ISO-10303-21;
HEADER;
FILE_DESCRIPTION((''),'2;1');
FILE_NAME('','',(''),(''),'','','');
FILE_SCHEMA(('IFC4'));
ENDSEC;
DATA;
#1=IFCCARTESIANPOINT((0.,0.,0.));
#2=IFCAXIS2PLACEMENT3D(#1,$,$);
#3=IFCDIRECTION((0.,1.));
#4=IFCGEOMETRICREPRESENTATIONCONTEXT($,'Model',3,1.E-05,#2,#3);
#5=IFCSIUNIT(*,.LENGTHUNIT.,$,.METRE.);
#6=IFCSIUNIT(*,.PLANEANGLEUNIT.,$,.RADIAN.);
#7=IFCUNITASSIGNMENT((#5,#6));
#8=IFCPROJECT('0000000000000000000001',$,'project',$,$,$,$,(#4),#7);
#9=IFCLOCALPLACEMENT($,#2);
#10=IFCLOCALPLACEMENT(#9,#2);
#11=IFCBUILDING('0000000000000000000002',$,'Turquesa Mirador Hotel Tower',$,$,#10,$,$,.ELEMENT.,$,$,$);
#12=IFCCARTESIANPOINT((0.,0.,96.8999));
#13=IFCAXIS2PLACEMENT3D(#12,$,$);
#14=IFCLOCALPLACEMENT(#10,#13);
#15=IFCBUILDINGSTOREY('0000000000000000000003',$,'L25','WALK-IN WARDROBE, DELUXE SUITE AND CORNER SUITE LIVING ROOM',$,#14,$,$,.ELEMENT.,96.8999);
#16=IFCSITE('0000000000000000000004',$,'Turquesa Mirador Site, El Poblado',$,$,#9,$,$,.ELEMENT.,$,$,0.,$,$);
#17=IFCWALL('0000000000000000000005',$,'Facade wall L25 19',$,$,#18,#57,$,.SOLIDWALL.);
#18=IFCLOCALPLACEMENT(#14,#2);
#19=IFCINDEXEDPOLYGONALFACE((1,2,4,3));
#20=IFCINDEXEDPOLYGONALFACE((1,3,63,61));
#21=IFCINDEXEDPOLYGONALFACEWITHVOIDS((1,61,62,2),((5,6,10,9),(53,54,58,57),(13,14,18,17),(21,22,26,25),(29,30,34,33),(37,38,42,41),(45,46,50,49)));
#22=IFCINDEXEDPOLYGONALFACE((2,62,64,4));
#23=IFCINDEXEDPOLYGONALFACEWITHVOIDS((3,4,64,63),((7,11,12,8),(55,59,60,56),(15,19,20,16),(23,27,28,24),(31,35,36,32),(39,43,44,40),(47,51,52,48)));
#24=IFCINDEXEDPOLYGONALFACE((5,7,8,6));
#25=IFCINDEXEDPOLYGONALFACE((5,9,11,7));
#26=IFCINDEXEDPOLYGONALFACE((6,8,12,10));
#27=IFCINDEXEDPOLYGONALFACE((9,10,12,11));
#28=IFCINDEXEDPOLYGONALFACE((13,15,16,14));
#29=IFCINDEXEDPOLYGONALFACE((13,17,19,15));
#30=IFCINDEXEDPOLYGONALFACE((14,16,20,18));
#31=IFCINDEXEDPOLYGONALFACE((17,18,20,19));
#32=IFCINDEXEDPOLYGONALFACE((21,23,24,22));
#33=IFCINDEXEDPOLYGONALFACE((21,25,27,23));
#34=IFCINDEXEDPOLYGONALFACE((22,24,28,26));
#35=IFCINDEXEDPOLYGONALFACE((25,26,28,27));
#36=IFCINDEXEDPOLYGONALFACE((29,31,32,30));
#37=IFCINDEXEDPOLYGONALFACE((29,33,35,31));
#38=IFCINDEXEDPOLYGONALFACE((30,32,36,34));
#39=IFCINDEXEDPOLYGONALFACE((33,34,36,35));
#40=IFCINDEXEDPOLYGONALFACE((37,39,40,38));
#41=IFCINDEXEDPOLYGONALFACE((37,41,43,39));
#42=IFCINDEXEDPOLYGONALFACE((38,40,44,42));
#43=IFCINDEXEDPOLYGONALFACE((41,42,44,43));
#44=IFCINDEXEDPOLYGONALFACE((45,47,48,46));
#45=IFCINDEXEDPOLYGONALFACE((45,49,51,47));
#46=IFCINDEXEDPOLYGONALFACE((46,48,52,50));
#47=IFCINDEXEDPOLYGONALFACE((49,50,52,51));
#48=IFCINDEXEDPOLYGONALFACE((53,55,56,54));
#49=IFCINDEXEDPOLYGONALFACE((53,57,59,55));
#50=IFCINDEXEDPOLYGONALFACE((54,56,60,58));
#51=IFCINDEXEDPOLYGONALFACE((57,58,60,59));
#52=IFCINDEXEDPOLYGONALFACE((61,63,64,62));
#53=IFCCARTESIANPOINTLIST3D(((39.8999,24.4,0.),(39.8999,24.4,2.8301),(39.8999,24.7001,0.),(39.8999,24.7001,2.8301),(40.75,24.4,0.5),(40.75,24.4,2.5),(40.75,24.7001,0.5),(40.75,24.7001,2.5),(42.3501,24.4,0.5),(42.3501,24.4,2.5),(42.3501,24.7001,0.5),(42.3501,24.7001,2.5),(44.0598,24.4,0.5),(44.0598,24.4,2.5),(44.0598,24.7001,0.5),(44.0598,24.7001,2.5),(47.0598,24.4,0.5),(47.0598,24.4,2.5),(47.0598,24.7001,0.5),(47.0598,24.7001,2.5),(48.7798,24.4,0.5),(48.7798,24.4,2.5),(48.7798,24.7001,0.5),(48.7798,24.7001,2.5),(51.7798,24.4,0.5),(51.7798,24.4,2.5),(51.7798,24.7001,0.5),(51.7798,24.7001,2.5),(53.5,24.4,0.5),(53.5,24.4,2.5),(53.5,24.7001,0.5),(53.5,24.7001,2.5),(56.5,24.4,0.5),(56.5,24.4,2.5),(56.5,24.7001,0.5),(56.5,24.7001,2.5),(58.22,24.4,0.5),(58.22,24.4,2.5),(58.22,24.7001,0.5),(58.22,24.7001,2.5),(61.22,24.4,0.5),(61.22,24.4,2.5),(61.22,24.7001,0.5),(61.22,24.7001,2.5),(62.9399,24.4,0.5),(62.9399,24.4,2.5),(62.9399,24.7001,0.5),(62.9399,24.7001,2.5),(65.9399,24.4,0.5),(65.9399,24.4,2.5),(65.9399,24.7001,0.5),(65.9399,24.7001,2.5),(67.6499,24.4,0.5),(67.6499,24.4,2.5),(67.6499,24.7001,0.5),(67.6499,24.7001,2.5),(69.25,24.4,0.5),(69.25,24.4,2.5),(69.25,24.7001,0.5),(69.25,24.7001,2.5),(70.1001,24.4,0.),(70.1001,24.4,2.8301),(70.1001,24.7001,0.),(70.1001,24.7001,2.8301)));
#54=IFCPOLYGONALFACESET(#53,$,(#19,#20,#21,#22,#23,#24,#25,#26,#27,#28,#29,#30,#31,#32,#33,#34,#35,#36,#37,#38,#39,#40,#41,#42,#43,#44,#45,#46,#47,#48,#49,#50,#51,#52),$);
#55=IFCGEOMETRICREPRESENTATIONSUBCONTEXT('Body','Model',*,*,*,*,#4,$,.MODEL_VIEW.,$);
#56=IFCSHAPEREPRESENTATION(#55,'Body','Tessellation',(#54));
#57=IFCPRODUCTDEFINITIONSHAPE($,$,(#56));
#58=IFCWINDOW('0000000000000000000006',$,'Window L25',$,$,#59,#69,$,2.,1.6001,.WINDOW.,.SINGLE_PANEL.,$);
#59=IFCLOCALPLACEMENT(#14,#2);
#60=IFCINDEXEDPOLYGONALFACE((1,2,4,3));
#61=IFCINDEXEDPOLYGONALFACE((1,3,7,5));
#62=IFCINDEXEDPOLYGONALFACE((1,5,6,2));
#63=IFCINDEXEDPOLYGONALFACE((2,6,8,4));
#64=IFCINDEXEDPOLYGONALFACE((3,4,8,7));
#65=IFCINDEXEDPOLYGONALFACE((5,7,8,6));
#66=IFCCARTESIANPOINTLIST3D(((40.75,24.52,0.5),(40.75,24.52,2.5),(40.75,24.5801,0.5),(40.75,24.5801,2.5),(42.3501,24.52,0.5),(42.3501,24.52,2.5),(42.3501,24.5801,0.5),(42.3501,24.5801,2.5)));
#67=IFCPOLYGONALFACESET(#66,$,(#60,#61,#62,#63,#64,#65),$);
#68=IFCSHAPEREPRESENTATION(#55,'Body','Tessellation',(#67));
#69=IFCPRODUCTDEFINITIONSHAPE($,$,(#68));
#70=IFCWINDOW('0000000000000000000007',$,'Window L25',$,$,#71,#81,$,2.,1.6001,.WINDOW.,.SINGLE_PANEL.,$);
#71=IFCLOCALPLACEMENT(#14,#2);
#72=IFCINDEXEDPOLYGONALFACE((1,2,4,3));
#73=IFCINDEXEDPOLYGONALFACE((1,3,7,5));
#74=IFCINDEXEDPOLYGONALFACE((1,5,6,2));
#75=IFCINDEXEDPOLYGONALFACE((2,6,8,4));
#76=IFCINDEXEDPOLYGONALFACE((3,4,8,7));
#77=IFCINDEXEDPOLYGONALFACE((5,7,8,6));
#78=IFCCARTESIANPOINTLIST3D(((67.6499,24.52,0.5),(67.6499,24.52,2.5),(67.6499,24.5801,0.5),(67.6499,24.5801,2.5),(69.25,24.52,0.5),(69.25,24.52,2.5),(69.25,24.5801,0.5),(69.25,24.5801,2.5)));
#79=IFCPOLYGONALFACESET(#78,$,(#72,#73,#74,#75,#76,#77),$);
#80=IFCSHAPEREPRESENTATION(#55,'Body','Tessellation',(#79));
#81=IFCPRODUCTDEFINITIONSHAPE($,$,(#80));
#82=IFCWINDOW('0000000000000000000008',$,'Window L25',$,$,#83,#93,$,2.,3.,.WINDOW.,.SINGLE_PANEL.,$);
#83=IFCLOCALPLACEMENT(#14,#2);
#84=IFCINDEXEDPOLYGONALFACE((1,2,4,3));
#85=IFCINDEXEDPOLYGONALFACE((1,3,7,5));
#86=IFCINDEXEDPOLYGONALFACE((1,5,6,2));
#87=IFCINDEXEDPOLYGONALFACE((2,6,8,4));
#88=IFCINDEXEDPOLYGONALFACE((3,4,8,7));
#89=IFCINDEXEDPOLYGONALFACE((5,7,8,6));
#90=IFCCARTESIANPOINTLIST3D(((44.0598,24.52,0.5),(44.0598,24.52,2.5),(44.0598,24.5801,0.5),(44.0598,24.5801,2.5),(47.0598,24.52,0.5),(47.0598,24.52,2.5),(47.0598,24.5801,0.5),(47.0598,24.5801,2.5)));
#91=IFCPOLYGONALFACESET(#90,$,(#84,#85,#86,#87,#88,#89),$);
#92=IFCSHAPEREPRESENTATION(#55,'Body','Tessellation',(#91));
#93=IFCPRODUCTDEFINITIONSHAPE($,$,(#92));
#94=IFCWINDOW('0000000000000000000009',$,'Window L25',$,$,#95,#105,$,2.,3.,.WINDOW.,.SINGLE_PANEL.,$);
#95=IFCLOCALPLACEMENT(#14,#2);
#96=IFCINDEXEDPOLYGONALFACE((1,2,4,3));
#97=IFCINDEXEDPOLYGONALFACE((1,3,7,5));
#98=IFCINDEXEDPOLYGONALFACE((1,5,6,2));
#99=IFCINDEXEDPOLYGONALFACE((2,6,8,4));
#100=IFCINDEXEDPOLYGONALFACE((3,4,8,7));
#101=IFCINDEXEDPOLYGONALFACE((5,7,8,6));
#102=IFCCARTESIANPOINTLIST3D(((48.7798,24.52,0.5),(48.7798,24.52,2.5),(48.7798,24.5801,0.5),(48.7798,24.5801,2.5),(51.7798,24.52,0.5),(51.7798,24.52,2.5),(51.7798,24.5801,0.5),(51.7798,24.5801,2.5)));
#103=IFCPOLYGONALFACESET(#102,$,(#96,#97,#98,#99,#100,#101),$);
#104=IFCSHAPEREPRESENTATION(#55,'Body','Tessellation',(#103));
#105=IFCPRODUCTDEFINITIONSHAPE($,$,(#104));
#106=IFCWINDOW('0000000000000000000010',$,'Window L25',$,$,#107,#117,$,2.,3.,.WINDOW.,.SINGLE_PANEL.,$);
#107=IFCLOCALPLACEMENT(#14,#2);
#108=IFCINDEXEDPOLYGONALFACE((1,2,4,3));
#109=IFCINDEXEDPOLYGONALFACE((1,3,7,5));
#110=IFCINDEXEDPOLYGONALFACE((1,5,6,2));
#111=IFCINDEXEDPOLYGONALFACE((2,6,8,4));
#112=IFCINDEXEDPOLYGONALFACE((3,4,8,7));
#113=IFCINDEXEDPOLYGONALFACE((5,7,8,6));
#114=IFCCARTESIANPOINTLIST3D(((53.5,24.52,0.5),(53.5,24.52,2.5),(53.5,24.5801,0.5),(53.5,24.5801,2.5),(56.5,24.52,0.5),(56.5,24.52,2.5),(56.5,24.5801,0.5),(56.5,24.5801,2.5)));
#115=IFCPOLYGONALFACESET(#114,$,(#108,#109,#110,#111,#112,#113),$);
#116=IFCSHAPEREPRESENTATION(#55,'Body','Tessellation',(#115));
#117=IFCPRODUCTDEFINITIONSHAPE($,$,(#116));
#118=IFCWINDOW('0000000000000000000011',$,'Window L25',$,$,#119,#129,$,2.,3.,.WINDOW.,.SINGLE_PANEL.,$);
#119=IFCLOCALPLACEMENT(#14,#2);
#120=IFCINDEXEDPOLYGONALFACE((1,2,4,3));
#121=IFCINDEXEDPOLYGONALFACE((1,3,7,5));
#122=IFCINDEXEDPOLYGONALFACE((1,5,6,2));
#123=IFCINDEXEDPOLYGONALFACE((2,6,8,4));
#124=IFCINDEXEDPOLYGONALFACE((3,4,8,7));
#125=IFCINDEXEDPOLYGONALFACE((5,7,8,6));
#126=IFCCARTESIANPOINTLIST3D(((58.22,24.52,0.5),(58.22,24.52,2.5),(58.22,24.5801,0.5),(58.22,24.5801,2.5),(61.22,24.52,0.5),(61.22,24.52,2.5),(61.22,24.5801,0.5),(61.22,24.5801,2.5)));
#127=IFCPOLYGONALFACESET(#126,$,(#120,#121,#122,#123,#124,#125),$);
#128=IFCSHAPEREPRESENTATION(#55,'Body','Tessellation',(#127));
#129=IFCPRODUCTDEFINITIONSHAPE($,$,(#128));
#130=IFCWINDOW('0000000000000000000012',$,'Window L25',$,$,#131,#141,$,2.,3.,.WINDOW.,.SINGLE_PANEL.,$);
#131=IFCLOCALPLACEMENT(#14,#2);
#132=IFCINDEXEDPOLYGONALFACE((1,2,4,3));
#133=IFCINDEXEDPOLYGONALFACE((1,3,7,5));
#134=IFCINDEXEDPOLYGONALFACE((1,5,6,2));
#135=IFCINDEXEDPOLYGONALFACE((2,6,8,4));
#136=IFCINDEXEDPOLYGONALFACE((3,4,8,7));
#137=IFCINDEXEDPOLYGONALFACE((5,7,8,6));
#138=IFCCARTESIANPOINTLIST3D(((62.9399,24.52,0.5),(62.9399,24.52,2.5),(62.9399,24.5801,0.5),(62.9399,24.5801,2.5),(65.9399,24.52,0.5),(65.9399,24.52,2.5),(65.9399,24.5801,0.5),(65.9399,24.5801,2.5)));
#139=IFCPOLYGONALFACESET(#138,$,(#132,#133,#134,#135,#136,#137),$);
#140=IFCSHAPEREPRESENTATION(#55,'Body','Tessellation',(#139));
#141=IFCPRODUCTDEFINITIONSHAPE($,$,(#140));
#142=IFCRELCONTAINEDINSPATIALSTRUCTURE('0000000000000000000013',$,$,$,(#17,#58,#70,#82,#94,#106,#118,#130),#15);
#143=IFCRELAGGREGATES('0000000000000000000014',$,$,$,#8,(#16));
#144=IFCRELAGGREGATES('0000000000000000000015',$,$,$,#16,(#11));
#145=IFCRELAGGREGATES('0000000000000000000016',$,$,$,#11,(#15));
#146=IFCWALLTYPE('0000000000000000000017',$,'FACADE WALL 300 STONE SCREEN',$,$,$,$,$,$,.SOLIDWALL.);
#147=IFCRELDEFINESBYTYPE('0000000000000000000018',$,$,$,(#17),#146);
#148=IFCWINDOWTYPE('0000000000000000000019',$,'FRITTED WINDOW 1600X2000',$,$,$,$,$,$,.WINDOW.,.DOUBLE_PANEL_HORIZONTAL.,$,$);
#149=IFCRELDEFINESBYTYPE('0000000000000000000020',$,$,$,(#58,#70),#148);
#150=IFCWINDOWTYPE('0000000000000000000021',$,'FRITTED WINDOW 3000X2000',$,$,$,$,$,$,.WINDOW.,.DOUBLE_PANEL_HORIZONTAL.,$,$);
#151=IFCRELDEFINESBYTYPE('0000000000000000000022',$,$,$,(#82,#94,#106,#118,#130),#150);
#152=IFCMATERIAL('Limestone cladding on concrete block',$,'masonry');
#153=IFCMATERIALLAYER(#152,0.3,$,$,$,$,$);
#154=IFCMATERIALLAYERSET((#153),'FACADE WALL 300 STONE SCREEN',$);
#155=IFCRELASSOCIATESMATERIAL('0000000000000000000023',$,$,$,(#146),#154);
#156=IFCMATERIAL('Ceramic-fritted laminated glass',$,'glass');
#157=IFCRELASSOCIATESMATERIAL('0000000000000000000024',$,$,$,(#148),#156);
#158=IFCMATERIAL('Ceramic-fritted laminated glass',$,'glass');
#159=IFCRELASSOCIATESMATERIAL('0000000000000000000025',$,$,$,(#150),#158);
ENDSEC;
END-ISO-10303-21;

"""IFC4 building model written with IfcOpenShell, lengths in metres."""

from ifc_helpers import new_model, si_unit, direction, frame, frame_2d, origin, place, context, subcontext, project, spatial, rectangle, extrude, material, layer, layer_set, type_object, element, fill, save


model = new_model("IFC4")

# Units and contexts
model_context = context("Model", 3, precision=1e-05, world=origin(), true_north=direction((0.0, 1.0)))
body_context = subcontext(model_context, "Body", "Model", "MODEL_VIEW")
ifc_project = project(units=[si_unit("LENGTHUNIT", "METRE"), si_unit("PLANEANGLEUNIT", "RADIAN")], contexts=[model_context])

# Site, building, storey
site_placement = place(None, origin())
site = spatial("IfcSite", under=ifc_project, at=site_placement, Name="Turquesa Mirador Site, El Poblado", CompositionType="ELEMENT", RefElevation=0.0)
building_placement = place(site_placement, origin())
building = spatial("IfcBuilding", under=site, at=building_placement, Name="Turquesa Mirador Hotel Tower", CompositionType="ELEMENT")
storey_placement = place(building_placement, frame((0.0, 0.0, 96.8999)))
storey = spatial("IfcBuildingStorey", under=building, at=storey_placement, Name="L25", Description="WALK-IN WARDROBE, DELUXE SUITE AND CORNER SUITE LIVING ROOM", CompositionType="ELEMENT", Elevation=96.8999)

# Shared definitions
ifc_material_1 = material(Name="Limestone cladding on concrete block", Category="masonry")
ifc_layer_1 = layer(ifc_material_1, 0.3)
ifc_layer_set_1 = layer_set([ifc_layer_1], Name="FACADE WALL 300 STONE SCREEN")
wall_type_1 = type_object("IfcWallType", Name="FACADE WALL 300 STONE SCREEN", PredefinedType="SOLIDWALL", material=ifc_layer_set_1)

# Wall, openings, windows
wall_1_placement = place(storey_placement, frame((39.8999, 24.55, 0.0), z_axis=(0.0, 0.0, 1.0), x_axis=(1.0, 0.0, 0.0)))
wall_1 = element("IfcWall", 1, at=wall_1_placement, inside=storey, type_object=wall_type_1, Name="Facade wall L25 19", PredefinedType="SOLIDWALL", context=body_context, shape_type="SweptSolid", body=[
    extrude(rectangle(XDim=30.2002, YDim=0.3, at=frame_2d((15.1001, 0.0))), origin(), (0.0, 0.0, 1.0), 2.8301),
])
opening_1_placement = place(wall_1_placement, frame((0.8501, 0.0, 0.5)))
opening_1 = element("IfcOpeningElement", 2, at=opening_1_placement, cuts=wall_1, PredefinedType="OPENING", context=body_context, shape_type="SweptSolid", body=[
    extrude(rectangle(XDim=1.6001, YDim=2.0, at=frame_2d((0.8, 1.0))), frame((0.0, 0.1599, 0.0), z_axis=(0.0, -1.0, 0.0), x_axis=(1.0, 0.0, 0.0)), (0.0, 0.0, 1.0), 0.3201),
])
opening_2_placement = place(wall_1_placement, frame((4.1599, 0.0, 0.5)))
opening_2 = element("IfcOpeningElement", 3, at=opening_2_placement, cuts=wall_1, PredefinedType="OPENING", context=body_context, shape_type="SweptSolid", body=[
    extrude(rectangle(XDim=3.0, YDim=2.0, at=frame_2d((1.5, 1.0))), frame((0.0, 0.1599, 0.0), z_axis=(0.0, -1.0, 0.0), x_axis=(1.0, 0.0, 0.0)), (0.0, 0.0, 1.0), 0.3201),
])
opening_3_placement = place(wall_1_placement, frame((8.8799, 0.0, 0.5)))
opening_3 = element("IfcOpeningElement", 4, at=opening_3_placement, cuts=wall_1, PredefinedType="OPENING", context=body_context, shape_type="SweptSolid", body=[
    extrude(rectangle(XDim=3.0, YDim=2.0, at=frame_2d((1.5, 1.0))), frame((0.0, 0.1599, 0.0), z_axis=(0.0, -1.0, 0.0), x_axis=(1.0, 0.0, 0.0)), (0.0, 0.0, 1.0), 0.3201),
])
opening_4_placement = place(wall_1_placement, frame((13.6001, 0.0, 0.5)))
opening_4 = element("IfcOpeningElement", 5, at=opening_4_placement, cuts=wall_1, PredefinedType="OPENING", context=body_context, shape_type="SweptSolid", body=[
    extrude(rectangle(XDim=3.0, YDim=2.0, at=frame_2d((1.5, 1.0))), frame((0.0, 0.1599, 0.0), z_axis=(0.0, -1.0, 0.0), x_axis=(1.0, 0.0, 0.0)), (0.0, 0.0, 1.0), 0.3201),
])
opening_5_placement = place(wall_1_placement, frame((18.3201, 0.0, 0.5)))
opening_5 = element("IfcOpeningElement", 6, at=opening_5_placement, cuts=wall_1, PredefinedType="OPENING", context=body_context, shape_type="SweptSolid", body=[
    extrude(rectangle(XDim=3.0, YDim=2.0, at=frame_2d((1.5, 1.0))), frame((0.0, 0.1599, 0.0), z_axis=(0.0, -1.0, 0.0), x_axis=(1.0, 0.0, 0.0)), (0.0, 0.0, 1.0), 0.3201),
])
opening_6_placement = place(wall_1_placement, frame((23.04, 0.0, 0.5)))
opening_6 = element("IfcOpeningElement", 7, at=opening_6_placement, cuts=wall_1, PredefinedType="OPENING", context=body_context, shape_type="SweptSolid", body=[
    extrude(rectangle(XDim=3.0, YDim=2.0, at=frame_2d((1.5, 1.0))), frame((0.0, 0.1599, 0.0), z_axis=(0.0, -1.0, 0.0), x_axis=(1.0, 0.0, 0.0)), (0.0, 0.0, 1.0), 0.3201),
])
opening_7_placement = place(wall_1_placement, frame((27.75, 0.0, 0.5)))
opening_7 = element("IfcOpeningElement", 8, at=opening_7_placement, cuts=wall_1, PredefinedType="OPENING", context=body_context, shape_type="SweptSolid", body=[
    extrude(rectangle(XDim=1.6001, YDim=2.0, at=frame_2d((0.8, 1.0))), frame((0.0, 0.1599, 0.0), z_axis=(0.0, -1.0, 0.0), x_axis=(1.0, 0.0, 0.0)), (0.0, 0.0, 1.0), 0.3201),
])
ifc_material_2 = material(Name="Ceramic-fritted laminated glass", Category="glass")
window_type_1 = type_object("IfcWindowType", Name="FRITTED WINDOW 1600X2000", PartitioningType="DOUBLE_PANEL_HORIZONTAL", PredefinedType="WINDOW", material=ifc_material_2)
window_1_placement = place(opening_1_placement, origin())
window_1 = element("IfcWindow", 9, at=window_1_placement, inside=storey, type_object=window_type_1, Name="Window L25", OverallHeight=2.0, OverallWidth=1.6001, PartitioningType="SINGLE_PANEL", PredefinedType="WINDOW", context=body_context, shape_type="SweptSolid", body=[
    extrude(rectangle(XDim=1.6001, YDim=2.0, at=frame_2d((0.8, 1.0))), frame((0.0, 0.03, 0.0), z_axis=(0.0, -1.0, 0.0), x_axis=(1.0, 0.0, 0.0)), (0.0, 0.0, 1.0), 0.0601),
])
fill(opening_1, window_1)
window_2_placement = place(opening_7_placement, origin())
window_2 = element("IfcWindow", 10, at=window_2_placement, inside=storey, type_object=window_type_1, Name="Window L25", OverallHeight=2.0, OverallWidth=1.6001, PartitioningType="SINGLE_PANEL", PredefinedType="WINDOW", context=body_context, shape_type="SweptSolid", body=[
    extrude(rectangle(XDim=1.6001, YDim=2.0, at=frame_2d((0.8, 1.0))), frame((0.0, 0.03, 0.0), z_axis=(0.0, -1.0, 0.0), x_axis=(1.0, 0.0, 0.0)), (0.0, 0.0, 1.0), 0.0601),
])
fill(opening_7, window_2)
ifc_material_3 = material(Name="Ceramic-fritted laminated glass", Category="glass")
window_type_2 = type_object("IfcWindowType", Name="FRITTED WINDOW 3000X2000", PartitioningType="DOUBLE_PANEL_HORIZONTAL", PredefinedType="WINDOW", material=ifc_material_3)
window_3_placement = place(opening_2_placement, origin())
window_3 = element("IfcWindow", 11, at=window_3_placement, inside=storey, type_object=window_type_2, Name="Window L25", OverallHeight=2.0, OverallWidth=3.0, PartitioningType="SINGLE_PANEL", PredefinedType="WINDOW", context=body_context, shape_type="SweptSolid", body=[
    extrude(rectangle(XDim=3.0, YDim=2.0, at=frame_2d((1.5, 1.0))), frame((0.0, 0.03, 0.0), z_axis=(0.0, -1.0, 0.0), x_axis=(1.0, 0.0, 0.0)), (0.0, 0.0, 1.0), 0.0601),
])
fill(opening_2, window_3)
window_4_placement = place(opening_3_placement, origin())
window_4 = element("IfcWindow", 12, at=window_4_placement, inside=storey, type_object=window_type_2, Name="Window L25", OverallHeight=2.0, OverallWidth=3.0, PartitioningType="SINGLE_PANEL", PredefinedType="WINDOW", context=body_context, shape_type="SweptSolid", body=[
    extrude(rectangle(XDim=3.0, YDim=2.0, at=frame_2d((1.5, 1.0))), frame((0.0, 0.03, 0.0), z_axis=(0.0, -1.0, 0.0), x_axis=(1.0, 0.0, 0.0)), (0.0, 0.0, 1.0), 0.0601),
])
fill(opening_3, window_4)
window_5_placement = place(opening_4_placement, origin())
window_5 = element("IfcWindow", 13, at=window_5_placement, inside=storey, type_object=window_type_2, Name="Window L25", OverallHeight=2.0, OverallWidth=3.0, PartitioningType="SINGLE_PANEL", PredefinedType="WINDOW", context=body_context, shape_type="SweptSolid", body=[
    extrude(rectangle(XDim=3.0, YDim=2.0, at=frame_2d((1.5, 1.0))), frame((0.0, 0.03, 0.0), z_axis=(0.0, -1.0, 0.0), x_axis=(1.0, 0.0, 0.0)), (0.0, 0.0, 1.0), 0.0601),
])
fill(opening_4, window_5)
window_6_placement = place(opening_5_placement, origin())
window_6 = element("IfcWindow", 14, at=window_6_placement, inside=storey, type_object=window_type_2, Name="Window L25", OverallHeight=2.0, OverallWidth=3.0, PartitioningType="SINGLE_PANEL", PredefinedType="WINDOW", context=body_context, shape_type="SweptSolid", body=[
    extrude(rectangle(XDim=3.0, YDim=2.0, at=frame_2d((1.5, 1.0))), frame((0.0, 0.03, 0.0), z_axis=(0.0, -1.0, 0.0), x_axis=(1.0, 0.0, 0.0)), (0.0, 0.0, 1.0), 0.0601),
])
fill(opening_5, window_6)
window_7_placement = place(opening_6_placement, origin())
window_7 = element("IfcWindow", 15, at=window_7_placement, inside=storey, type_object=window_type_2, Name="Window L25", OverallHeight=2.0, OverallWidth=3.0, PartitioningType="SINGLE_PANEL", PredefinedType="WINDOW", context=body_context, shape_type="SweptSolid", body=[
    extrude(rectangle(XDim=3.0, YDim=2.0, at=frame_2d((1.5, 1.0))), frame((0.0, 0.03, 0.0), z_axis=(0.0, -1.0, 0.0), x_axis=(1.0, 0.0, 0.0)), (0.0, 0.0, 1.0), 0.0601),
])
fill(opening_6, window_7)

save(model, "model.ifc")
